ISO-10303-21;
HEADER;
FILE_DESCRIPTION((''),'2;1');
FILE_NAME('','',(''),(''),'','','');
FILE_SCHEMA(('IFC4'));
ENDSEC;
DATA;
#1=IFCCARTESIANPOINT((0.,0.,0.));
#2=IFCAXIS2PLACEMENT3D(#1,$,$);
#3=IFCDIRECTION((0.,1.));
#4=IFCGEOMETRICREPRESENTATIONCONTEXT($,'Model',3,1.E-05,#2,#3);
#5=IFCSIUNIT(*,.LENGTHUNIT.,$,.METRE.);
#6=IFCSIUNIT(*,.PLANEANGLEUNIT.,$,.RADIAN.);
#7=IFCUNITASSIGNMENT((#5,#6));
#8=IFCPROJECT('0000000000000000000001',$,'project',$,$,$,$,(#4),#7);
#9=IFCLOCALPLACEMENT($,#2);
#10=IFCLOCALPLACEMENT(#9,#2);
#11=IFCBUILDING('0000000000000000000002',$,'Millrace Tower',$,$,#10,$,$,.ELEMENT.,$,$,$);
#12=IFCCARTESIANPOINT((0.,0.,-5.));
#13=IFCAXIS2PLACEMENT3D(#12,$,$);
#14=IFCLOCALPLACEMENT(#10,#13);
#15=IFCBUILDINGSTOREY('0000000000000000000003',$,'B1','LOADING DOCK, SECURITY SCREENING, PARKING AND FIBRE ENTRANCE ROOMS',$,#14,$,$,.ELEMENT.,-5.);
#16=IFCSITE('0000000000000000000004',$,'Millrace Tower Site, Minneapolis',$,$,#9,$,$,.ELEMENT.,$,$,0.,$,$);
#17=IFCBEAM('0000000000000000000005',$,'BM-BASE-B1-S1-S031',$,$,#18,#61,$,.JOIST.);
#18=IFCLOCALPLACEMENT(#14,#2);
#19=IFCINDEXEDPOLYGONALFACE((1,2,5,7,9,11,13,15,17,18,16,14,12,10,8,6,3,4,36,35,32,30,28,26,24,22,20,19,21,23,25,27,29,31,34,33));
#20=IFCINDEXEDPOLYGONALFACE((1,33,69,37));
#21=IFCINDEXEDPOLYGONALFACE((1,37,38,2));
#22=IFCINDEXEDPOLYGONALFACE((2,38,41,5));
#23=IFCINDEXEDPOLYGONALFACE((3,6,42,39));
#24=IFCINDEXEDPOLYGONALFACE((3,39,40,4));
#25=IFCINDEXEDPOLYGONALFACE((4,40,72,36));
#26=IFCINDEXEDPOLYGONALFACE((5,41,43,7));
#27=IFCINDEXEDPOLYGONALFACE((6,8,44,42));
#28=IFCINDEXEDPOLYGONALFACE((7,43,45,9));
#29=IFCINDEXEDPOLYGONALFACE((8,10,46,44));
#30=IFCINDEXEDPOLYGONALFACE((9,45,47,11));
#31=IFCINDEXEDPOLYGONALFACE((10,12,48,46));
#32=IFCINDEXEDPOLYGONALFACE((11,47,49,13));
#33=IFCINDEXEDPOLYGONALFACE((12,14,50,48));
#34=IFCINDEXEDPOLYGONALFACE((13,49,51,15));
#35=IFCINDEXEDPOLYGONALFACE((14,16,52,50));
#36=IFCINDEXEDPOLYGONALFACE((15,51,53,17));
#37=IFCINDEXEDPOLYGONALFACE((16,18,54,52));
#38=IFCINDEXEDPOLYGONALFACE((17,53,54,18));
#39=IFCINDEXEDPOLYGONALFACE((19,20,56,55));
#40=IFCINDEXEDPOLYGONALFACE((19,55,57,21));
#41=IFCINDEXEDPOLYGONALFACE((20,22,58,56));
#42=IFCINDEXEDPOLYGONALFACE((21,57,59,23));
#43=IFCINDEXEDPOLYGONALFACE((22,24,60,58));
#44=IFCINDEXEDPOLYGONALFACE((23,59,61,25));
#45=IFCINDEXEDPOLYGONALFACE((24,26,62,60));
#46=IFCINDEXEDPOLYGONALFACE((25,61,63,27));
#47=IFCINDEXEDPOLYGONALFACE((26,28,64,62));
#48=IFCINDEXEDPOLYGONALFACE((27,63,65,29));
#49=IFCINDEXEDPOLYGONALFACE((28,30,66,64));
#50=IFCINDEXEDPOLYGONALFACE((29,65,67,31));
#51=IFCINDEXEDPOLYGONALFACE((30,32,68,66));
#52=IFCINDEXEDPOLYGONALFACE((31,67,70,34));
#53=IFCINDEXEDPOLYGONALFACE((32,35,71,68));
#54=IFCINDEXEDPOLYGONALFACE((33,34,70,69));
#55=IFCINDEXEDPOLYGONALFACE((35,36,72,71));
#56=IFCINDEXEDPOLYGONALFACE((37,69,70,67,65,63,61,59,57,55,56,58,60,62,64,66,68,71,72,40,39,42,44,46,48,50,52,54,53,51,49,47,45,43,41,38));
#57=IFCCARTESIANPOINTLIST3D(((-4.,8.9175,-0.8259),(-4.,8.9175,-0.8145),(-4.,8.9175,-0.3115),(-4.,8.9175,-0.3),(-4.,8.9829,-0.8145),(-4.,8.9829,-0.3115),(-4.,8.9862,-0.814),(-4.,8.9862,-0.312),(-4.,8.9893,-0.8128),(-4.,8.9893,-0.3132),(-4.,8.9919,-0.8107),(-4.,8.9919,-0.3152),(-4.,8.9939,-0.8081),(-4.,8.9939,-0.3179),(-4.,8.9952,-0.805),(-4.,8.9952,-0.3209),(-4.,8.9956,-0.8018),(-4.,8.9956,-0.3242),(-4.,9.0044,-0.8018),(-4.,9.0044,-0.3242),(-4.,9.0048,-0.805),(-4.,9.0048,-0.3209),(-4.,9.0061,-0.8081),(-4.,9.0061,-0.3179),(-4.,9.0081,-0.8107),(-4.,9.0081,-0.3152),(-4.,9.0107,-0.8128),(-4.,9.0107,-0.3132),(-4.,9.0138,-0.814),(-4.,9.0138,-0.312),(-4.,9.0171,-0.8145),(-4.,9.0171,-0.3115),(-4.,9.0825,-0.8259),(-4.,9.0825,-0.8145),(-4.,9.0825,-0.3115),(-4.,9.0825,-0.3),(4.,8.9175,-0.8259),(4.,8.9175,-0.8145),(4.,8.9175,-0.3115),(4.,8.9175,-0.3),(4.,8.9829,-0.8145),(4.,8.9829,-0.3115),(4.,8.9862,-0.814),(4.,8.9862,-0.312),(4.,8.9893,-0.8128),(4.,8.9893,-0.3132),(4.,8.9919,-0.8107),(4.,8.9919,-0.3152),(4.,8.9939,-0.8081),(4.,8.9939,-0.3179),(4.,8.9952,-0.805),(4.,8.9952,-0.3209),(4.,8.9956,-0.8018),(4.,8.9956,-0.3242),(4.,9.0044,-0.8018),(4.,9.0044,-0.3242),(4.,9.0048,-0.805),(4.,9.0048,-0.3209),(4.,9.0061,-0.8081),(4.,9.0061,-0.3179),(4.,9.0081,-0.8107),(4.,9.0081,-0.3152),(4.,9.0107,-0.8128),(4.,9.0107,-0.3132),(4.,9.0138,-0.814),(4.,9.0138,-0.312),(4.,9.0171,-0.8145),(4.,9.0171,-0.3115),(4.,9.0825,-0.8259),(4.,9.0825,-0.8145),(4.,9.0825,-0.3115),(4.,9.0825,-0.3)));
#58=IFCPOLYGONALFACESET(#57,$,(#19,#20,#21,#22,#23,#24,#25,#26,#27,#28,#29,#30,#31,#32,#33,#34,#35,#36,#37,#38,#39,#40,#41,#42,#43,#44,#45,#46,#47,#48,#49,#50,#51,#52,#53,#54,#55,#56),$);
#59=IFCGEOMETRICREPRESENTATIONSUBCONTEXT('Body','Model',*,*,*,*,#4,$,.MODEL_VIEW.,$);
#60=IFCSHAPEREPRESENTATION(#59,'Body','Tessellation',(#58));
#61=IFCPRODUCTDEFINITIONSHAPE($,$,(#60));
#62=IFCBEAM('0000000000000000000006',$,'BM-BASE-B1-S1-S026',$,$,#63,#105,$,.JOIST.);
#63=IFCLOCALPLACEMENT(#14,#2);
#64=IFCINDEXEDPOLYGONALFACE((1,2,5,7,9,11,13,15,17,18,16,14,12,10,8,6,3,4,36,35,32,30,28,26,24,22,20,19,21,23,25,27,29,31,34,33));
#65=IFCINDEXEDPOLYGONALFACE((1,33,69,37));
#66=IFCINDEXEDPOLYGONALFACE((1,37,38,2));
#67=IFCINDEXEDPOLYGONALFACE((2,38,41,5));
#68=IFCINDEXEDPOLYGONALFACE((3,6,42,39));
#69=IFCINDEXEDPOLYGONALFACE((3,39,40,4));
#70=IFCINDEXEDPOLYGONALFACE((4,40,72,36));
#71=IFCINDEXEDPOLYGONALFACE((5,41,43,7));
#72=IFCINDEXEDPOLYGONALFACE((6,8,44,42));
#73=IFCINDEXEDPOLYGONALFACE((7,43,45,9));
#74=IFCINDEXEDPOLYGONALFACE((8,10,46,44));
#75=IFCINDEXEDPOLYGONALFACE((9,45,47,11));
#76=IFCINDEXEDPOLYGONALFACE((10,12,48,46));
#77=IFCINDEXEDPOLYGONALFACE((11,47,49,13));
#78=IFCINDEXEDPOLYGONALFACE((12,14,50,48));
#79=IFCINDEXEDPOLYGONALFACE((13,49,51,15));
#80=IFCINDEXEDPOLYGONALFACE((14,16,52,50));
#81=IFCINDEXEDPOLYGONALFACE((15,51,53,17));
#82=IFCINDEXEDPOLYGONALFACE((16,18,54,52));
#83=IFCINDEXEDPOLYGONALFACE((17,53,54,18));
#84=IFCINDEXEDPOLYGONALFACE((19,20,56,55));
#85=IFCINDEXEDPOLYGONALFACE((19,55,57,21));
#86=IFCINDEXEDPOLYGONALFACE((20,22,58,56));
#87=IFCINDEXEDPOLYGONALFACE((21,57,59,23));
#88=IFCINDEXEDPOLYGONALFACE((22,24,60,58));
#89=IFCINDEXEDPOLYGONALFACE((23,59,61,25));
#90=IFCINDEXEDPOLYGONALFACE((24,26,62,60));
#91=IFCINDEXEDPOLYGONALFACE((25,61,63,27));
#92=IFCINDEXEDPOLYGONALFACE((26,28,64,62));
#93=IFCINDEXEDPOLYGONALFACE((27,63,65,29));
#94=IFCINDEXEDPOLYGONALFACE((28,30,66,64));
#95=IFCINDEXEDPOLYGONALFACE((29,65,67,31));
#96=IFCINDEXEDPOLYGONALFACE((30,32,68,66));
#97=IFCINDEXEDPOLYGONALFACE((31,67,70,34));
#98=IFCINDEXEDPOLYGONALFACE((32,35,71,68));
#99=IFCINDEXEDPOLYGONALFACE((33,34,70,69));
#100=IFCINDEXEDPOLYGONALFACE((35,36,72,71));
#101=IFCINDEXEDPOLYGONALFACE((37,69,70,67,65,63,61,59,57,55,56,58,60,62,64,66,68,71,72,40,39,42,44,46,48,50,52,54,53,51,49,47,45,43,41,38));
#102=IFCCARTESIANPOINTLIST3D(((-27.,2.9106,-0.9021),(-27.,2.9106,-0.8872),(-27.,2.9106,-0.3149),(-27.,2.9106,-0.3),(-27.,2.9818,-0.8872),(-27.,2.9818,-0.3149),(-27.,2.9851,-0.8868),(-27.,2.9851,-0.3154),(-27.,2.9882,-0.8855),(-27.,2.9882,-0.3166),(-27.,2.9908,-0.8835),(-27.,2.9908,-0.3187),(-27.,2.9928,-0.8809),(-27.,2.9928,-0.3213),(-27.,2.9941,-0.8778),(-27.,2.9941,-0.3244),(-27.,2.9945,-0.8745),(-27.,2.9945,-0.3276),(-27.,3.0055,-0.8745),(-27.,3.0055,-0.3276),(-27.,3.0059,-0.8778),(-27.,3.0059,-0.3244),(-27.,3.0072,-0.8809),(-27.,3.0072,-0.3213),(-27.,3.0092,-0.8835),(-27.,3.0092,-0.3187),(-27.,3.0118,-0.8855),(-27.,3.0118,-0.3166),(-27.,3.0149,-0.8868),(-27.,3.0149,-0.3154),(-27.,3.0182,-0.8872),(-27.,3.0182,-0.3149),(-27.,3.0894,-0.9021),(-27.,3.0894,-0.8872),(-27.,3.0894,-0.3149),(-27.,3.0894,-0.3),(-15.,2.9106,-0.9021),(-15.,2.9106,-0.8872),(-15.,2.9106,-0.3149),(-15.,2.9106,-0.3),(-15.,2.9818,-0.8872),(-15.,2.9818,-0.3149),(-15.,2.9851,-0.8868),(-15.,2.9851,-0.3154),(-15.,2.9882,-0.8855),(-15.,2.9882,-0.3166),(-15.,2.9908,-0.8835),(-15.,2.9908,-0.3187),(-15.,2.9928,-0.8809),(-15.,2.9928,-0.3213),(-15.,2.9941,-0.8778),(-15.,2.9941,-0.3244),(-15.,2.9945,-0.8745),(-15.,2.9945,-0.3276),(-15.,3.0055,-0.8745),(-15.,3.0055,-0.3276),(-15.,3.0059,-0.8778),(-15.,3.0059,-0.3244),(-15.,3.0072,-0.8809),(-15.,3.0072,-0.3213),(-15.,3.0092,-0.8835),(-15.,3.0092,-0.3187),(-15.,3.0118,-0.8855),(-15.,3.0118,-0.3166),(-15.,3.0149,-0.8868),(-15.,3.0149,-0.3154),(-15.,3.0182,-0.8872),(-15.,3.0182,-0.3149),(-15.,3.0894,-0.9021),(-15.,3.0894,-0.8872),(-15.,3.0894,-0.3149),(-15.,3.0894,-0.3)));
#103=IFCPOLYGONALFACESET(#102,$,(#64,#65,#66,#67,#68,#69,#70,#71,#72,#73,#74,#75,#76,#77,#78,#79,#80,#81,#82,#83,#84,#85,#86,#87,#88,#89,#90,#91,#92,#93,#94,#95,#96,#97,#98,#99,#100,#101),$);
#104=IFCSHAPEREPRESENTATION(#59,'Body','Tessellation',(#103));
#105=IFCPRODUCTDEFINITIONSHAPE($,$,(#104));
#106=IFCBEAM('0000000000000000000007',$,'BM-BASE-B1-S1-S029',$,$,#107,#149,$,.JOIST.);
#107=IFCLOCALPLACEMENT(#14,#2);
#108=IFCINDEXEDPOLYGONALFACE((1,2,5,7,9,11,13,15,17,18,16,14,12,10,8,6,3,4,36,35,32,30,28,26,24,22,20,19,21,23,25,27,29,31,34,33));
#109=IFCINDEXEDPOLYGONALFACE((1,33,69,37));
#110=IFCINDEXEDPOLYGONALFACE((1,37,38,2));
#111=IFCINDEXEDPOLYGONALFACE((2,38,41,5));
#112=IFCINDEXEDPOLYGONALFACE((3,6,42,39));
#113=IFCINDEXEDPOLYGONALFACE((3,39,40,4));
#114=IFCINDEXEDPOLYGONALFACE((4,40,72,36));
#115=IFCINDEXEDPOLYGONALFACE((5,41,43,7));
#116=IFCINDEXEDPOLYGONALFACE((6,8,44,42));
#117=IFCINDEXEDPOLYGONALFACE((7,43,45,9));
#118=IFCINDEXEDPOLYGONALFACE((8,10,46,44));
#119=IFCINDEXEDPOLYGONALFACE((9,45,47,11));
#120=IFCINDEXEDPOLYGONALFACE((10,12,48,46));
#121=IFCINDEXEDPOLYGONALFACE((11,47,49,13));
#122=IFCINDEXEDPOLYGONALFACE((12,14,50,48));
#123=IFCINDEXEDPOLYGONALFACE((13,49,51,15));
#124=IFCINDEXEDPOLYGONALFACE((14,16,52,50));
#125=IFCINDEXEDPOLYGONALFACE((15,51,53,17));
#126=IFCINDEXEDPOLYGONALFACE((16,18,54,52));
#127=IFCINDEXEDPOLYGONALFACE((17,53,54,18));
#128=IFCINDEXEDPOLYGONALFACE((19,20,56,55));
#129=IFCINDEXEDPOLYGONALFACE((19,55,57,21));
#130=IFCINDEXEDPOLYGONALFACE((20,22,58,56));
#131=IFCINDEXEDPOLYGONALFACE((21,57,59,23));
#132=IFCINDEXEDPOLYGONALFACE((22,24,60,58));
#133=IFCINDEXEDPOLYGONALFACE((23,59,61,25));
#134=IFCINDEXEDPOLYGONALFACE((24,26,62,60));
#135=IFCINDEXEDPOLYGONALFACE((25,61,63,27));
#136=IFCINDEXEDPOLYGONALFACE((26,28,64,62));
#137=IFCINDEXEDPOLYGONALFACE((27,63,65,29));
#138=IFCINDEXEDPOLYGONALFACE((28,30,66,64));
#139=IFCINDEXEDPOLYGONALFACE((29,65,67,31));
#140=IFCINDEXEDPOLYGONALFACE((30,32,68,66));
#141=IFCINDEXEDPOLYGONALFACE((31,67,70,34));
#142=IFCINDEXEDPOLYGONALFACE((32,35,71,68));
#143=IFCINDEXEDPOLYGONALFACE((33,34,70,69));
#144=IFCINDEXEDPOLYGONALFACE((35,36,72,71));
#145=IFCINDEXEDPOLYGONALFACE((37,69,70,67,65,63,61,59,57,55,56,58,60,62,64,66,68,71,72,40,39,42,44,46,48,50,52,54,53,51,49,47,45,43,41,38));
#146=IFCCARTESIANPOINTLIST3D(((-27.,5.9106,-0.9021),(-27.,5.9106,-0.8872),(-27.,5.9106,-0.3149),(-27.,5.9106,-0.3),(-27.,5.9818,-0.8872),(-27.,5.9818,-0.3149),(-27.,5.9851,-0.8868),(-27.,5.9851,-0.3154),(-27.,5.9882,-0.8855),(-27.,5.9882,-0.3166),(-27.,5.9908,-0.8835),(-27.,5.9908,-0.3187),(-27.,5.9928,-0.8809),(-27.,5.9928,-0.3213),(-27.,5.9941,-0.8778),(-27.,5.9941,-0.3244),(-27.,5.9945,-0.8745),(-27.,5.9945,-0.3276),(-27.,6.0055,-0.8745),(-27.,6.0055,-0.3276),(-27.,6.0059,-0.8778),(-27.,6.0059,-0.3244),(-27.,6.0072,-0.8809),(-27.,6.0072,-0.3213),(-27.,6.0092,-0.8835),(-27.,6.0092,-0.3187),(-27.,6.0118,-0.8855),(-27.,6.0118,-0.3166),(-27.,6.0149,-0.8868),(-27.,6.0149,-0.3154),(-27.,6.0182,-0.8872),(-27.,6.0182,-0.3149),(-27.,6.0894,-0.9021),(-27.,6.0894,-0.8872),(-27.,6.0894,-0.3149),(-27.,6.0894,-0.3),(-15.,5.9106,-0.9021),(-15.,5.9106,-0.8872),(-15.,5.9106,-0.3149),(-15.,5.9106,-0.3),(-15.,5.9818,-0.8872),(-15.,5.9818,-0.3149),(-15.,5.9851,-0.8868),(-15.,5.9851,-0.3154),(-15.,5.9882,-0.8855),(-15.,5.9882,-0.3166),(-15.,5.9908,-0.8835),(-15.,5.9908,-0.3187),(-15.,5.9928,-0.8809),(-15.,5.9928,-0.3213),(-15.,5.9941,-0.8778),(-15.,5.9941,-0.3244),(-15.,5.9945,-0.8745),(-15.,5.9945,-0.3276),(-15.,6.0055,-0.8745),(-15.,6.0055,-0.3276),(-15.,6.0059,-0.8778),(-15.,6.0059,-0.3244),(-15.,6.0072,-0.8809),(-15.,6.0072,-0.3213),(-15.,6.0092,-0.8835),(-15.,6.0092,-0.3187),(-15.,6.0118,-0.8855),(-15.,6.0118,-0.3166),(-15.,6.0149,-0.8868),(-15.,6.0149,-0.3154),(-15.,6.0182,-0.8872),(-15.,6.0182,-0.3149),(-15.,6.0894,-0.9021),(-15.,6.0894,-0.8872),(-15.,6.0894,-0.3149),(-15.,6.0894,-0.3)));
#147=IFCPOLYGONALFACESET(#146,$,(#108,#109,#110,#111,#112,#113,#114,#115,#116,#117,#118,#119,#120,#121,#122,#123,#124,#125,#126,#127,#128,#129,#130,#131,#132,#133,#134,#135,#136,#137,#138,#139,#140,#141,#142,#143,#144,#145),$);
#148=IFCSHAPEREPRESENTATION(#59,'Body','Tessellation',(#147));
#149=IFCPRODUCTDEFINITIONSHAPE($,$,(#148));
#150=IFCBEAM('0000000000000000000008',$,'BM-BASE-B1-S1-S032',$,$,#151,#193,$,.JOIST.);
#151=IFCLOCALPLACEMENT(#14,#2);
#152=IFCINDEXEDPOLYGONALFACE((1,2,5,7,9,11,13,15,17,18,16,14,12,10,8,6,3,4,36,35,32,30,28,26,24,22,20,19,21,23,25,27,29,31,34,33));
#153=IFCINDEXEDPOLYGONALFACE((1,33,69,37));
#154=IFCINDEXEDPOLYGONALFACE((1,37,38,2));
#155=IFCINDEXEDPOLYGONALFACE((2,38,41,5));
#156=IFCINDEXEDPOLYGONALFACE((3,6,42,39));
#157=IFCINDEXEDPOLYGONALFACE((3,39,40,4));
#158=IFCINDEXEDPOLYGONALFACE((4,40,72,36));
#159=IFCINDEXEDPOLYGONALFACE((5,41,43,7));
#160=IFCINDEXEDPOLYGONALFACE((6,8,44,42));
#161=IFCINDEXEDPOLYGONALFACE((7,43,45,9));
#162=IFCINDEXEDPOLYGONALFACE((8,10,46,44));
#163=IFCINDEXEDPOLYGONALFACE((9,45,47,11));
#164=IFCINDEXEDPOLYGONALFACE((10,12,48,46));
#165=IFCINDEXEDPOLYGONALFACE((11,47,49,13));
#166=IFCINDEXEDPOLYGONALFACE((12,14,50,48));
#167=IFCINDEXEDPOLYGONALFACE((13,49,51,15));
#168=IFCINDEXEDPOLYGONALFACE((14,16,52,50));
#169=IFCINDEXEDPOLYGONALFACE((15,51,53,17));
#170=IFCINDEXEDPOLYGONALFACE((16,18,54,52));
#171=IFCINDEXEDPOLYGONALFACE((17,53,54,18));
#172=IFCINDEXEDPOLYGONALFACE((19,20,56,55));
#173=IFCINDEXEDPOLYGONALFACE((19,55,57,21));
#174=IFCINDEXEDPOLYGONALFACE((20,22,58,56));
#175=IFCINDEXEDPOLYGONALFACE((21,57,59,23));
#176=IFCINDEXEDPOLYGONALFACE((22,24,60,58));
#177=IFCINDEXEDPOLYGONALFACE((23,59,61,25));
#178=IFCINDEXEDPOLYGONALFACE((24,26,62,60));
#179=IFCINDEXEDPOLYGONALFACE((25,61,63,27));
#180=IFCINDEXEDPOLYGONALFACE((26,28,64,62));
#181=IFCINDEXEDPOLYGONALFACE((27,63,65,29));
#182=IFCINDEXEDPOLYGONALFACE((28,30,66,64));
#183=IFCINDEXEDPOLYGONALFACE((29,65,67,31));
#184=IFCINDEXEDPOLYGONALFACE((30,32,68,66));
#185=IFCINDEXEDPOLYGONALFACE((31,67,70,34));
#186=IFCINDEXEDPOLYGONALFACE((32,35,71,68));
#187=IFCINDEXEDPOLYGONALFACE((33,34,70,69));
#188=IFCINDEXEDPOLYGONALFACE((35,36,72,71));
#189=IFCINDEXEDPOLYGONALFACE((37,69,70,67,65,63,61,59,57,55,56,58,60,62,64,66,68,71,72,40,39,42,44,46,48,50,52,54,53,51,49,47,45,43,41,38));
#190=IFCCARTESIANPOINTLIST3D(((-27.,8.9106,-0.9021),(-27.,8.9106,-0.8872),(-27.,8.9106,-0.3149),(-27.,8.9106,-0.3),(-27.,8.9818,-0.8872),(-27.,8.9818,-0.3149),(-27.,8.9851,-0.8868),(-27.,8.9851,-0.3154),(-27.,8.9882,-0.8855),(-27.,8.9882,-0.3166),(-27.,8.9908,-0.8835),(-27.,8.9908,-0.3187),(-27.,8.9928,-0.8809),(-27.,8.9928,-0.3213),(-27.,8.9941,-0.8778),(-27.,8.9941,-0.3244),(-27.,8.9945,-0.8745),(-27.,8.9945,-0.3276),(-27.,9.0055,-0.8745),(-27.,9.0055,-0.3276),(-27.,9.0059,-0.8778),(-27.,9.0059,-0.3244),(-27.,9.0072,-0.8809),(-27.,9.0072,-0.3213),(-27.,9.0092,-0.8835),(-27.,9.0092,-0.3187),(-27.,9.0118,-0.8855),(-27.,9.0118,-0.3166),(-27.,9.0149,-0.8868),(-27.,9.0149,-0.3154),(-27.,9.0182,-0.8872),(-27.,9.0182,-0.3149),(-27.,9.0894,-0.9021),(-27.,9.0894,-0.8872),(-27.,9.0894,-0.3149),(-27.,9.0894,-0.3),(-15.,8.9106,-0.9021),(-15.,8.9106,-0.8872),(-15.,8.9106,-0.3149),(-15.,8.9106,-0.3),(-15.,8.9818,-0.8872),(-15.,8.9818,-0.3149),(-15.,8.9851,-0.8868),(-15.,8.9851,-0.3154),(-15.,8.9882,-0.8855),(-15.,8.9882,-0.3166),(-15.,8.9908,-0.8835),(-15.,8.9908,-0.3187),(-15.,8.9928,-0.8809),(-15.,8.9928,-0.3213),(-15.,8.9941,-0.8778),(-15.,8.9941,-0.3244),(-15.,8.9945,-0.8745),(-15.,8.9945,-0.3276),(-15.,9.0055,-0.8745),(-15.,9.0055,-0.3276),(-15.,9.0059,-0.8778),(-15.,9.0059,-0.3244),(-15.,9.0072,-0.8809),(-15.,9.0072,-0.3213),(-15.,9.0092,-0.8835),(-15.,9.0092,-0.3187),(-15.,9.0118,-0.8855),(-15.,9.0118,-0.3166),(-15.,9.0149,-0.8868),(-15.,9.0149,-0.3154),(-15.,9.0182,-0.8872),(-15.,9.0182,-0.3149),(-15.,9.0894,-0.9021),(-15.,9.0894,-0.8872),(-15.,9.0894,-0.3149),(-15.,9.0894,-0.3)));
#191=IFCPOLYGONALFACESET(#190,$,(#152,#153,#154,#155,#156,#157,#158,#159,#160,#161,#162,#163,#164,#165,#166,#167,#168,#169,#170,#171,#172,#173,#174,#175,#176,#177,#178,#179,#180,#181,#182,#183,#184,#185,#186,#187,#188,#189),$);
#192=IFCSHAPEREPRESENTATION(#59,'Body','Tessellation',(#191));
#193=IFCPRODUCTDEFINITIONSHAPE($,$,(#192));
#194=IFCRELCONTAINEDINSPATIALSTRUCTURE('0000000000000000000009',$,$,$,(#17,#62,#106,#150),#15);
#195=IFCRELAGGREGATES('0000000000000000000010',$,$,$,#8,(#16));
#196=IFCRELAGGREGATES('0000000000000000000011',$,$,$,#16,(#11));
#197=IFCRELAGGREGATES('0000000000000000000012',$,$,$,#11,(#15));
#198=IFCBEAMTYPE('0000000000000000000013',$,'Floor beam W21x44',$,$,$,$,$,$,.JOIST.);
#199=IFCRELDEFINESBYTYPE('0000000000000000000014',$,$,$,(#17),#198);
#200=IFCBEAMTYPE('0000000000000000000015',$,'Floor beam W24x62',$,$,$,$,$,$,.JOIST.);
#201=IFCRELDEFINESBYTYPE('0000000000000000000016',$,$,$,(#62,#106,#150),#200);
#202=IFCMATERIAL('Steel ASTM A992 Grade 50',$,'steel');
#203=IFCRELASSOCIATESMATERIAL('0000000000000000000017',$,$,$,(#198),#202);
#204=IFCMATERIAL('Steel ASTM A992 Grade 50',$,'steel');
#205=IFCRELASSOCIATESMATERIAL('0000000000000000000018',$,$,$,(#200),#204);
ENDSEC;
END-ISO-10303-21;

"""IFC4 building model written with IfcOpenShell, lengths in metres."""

from ifc_helpers import new_model, si_unit, direction, frame, origin, origin_2d, place, context, subcontext, project, spatial, i_section, extrude, material, material_profile, profile_set, type_object, element, save


model = new_model("IFC4")

# Units and contexts
model_context = context("Model", 3, precision=1e-05, world=origin(), true_north=direction((0.0, 1.0)))
body_context = subcontext(model_context, "Body", "Model", "MODEL_VIEW")
ifc_project = project(units=[si_unit("LENGTHUNIT", "METRE"), si_unit("PLANEANGLEUNIT", "RADIAN")], contexts=[model_context])

# Site, building, storey
site_placement = place(None, origin())
site = spatial("IfcSite", under=ifc_project, at=site_placement, Name="Millrace Tower Site, Minneapolis", CompositionType="ELEMENT", RefElevation=0.0)
building_placement = place(site_placement, origin())
building = spatial("IfcBuilding", under=site, at=building_placement, Name="Millrace Tower", CompositionType="ELEMENT")
storey_placement = place(building_placement, frame((0.0, 0.0, -5.0)))
storey = spatial("IfcBuildingStorey", under=building, at=storey_placement, Name="B1", Description="LOADING DOCK, SECURITY SCREENING, PARKING AND FIBRE ENTRANCE ROOMS", CompositionType="ELEMENT", Elevation=-5.0)

# Beams
ifc_material_1 = material(Name="Steel ASTM A992 Grade 50", Category="steel")
ifc_material_profile_1 = material_profile(ifc_material_1, i_section(OverallWidth=0.165, OverallDepth=0.5259, WebThickness=0.0088, FlangeThickness=0.0115, FilletRadius=0.0127, at=origin_2d()))
ifc_profile_set_1 = profile_set([ifc_material_profile_1], Name="Steel ASTM A992 Grade 50")
beam_type_1 = type_object("IfcBeamType", Name="Floor beam W21x44", PredefinedType="JOIST", material=ifc_profile_set_1)
for number, where, z_axis, x_axis, name in (
    (1, (-4.0, 9.0, -0.563), (1.0, 0.0, 0.0), (0.0, 1.0, 0.0), "BM-BASE-B1-S1-S031"),
):
    element("IfcBeam", number, at=place(storey_placement, frame(where, z_axis=z_axis, x_axis=x_axis)), inside=storey, type_object=beam_type_1, Name=name, PredefinedType="JOIST", context=body_context, shape_type="SweptSolid", body=[
        extrude(i_section(OverallWidth=0.165, OverallDepth=0.5259, WebThickness=0.0088, FlangeThickness=0.0115, FilletRadius=0.0127, at=origin_2d()), origin(), (0.0, 0.0, 1.0), 8.0),
    ])
ifc_material_2 = material(Name="Steel ASTM A992 Grade 50", Category="steel")
ifc_material_profile_2 = material_profile(ifc_material_2, i_section(OverallWidth=0.1787, OverallDepth=0.6021, WebThickness=0.011, FlangeThickness=0.0149, FilletRadius=0.0127, at=origin_2d()))
ifc_profile_set_2 = profile_set([ifc_material_profile_2], Name="Steel ASTM A992 Grade 50")
beam_type_2 = type_object("IfcBeamType", Name="Floor beam W24x62", PredefinedType="JOIST", material=ifc_profile_set_2)
for number, where, z_axis, x_axis, name in (
    (2, (-27.0, 3.0, -0.6011), (1.0, 0.0, 0.0), (0.0, 1.0, 0.0), "BM-BASE-B1-S1-S026"),
    (3, (-27.0, 6.0, -0.6011), (1.0, 0.0, 0.0), (0.0, 1.0, 0.0), "BM-BASE-B1-S1-S029"),
    (4, (-27.0, 9.0, -0.6011), (1.0, 0.0, 0.0), (0.0, 1.0, 0.0), "BM-BASE-B1-S1-S032"),
):
    element("IfcBeam", number, at=place(storey_placement, frame(where, z_axis=z_axis, x_axis=x_axis)), inside=storey, type_object=beam_type_2, Name=name, PredefinedType="JOIST", context=body_context, shape_type="SweptSolid", body=[
        extrude(i_section(OverallWidth=0.1787, OverallDepth=0.6021, WebThickness=0.011, FlangeThickness=0.0149, FilletRadius=0.0127, at=origin_2d()), origin(), (0.0, 0.0, 1.0), 12.0),
    ])

save(model, "model.ifc")
